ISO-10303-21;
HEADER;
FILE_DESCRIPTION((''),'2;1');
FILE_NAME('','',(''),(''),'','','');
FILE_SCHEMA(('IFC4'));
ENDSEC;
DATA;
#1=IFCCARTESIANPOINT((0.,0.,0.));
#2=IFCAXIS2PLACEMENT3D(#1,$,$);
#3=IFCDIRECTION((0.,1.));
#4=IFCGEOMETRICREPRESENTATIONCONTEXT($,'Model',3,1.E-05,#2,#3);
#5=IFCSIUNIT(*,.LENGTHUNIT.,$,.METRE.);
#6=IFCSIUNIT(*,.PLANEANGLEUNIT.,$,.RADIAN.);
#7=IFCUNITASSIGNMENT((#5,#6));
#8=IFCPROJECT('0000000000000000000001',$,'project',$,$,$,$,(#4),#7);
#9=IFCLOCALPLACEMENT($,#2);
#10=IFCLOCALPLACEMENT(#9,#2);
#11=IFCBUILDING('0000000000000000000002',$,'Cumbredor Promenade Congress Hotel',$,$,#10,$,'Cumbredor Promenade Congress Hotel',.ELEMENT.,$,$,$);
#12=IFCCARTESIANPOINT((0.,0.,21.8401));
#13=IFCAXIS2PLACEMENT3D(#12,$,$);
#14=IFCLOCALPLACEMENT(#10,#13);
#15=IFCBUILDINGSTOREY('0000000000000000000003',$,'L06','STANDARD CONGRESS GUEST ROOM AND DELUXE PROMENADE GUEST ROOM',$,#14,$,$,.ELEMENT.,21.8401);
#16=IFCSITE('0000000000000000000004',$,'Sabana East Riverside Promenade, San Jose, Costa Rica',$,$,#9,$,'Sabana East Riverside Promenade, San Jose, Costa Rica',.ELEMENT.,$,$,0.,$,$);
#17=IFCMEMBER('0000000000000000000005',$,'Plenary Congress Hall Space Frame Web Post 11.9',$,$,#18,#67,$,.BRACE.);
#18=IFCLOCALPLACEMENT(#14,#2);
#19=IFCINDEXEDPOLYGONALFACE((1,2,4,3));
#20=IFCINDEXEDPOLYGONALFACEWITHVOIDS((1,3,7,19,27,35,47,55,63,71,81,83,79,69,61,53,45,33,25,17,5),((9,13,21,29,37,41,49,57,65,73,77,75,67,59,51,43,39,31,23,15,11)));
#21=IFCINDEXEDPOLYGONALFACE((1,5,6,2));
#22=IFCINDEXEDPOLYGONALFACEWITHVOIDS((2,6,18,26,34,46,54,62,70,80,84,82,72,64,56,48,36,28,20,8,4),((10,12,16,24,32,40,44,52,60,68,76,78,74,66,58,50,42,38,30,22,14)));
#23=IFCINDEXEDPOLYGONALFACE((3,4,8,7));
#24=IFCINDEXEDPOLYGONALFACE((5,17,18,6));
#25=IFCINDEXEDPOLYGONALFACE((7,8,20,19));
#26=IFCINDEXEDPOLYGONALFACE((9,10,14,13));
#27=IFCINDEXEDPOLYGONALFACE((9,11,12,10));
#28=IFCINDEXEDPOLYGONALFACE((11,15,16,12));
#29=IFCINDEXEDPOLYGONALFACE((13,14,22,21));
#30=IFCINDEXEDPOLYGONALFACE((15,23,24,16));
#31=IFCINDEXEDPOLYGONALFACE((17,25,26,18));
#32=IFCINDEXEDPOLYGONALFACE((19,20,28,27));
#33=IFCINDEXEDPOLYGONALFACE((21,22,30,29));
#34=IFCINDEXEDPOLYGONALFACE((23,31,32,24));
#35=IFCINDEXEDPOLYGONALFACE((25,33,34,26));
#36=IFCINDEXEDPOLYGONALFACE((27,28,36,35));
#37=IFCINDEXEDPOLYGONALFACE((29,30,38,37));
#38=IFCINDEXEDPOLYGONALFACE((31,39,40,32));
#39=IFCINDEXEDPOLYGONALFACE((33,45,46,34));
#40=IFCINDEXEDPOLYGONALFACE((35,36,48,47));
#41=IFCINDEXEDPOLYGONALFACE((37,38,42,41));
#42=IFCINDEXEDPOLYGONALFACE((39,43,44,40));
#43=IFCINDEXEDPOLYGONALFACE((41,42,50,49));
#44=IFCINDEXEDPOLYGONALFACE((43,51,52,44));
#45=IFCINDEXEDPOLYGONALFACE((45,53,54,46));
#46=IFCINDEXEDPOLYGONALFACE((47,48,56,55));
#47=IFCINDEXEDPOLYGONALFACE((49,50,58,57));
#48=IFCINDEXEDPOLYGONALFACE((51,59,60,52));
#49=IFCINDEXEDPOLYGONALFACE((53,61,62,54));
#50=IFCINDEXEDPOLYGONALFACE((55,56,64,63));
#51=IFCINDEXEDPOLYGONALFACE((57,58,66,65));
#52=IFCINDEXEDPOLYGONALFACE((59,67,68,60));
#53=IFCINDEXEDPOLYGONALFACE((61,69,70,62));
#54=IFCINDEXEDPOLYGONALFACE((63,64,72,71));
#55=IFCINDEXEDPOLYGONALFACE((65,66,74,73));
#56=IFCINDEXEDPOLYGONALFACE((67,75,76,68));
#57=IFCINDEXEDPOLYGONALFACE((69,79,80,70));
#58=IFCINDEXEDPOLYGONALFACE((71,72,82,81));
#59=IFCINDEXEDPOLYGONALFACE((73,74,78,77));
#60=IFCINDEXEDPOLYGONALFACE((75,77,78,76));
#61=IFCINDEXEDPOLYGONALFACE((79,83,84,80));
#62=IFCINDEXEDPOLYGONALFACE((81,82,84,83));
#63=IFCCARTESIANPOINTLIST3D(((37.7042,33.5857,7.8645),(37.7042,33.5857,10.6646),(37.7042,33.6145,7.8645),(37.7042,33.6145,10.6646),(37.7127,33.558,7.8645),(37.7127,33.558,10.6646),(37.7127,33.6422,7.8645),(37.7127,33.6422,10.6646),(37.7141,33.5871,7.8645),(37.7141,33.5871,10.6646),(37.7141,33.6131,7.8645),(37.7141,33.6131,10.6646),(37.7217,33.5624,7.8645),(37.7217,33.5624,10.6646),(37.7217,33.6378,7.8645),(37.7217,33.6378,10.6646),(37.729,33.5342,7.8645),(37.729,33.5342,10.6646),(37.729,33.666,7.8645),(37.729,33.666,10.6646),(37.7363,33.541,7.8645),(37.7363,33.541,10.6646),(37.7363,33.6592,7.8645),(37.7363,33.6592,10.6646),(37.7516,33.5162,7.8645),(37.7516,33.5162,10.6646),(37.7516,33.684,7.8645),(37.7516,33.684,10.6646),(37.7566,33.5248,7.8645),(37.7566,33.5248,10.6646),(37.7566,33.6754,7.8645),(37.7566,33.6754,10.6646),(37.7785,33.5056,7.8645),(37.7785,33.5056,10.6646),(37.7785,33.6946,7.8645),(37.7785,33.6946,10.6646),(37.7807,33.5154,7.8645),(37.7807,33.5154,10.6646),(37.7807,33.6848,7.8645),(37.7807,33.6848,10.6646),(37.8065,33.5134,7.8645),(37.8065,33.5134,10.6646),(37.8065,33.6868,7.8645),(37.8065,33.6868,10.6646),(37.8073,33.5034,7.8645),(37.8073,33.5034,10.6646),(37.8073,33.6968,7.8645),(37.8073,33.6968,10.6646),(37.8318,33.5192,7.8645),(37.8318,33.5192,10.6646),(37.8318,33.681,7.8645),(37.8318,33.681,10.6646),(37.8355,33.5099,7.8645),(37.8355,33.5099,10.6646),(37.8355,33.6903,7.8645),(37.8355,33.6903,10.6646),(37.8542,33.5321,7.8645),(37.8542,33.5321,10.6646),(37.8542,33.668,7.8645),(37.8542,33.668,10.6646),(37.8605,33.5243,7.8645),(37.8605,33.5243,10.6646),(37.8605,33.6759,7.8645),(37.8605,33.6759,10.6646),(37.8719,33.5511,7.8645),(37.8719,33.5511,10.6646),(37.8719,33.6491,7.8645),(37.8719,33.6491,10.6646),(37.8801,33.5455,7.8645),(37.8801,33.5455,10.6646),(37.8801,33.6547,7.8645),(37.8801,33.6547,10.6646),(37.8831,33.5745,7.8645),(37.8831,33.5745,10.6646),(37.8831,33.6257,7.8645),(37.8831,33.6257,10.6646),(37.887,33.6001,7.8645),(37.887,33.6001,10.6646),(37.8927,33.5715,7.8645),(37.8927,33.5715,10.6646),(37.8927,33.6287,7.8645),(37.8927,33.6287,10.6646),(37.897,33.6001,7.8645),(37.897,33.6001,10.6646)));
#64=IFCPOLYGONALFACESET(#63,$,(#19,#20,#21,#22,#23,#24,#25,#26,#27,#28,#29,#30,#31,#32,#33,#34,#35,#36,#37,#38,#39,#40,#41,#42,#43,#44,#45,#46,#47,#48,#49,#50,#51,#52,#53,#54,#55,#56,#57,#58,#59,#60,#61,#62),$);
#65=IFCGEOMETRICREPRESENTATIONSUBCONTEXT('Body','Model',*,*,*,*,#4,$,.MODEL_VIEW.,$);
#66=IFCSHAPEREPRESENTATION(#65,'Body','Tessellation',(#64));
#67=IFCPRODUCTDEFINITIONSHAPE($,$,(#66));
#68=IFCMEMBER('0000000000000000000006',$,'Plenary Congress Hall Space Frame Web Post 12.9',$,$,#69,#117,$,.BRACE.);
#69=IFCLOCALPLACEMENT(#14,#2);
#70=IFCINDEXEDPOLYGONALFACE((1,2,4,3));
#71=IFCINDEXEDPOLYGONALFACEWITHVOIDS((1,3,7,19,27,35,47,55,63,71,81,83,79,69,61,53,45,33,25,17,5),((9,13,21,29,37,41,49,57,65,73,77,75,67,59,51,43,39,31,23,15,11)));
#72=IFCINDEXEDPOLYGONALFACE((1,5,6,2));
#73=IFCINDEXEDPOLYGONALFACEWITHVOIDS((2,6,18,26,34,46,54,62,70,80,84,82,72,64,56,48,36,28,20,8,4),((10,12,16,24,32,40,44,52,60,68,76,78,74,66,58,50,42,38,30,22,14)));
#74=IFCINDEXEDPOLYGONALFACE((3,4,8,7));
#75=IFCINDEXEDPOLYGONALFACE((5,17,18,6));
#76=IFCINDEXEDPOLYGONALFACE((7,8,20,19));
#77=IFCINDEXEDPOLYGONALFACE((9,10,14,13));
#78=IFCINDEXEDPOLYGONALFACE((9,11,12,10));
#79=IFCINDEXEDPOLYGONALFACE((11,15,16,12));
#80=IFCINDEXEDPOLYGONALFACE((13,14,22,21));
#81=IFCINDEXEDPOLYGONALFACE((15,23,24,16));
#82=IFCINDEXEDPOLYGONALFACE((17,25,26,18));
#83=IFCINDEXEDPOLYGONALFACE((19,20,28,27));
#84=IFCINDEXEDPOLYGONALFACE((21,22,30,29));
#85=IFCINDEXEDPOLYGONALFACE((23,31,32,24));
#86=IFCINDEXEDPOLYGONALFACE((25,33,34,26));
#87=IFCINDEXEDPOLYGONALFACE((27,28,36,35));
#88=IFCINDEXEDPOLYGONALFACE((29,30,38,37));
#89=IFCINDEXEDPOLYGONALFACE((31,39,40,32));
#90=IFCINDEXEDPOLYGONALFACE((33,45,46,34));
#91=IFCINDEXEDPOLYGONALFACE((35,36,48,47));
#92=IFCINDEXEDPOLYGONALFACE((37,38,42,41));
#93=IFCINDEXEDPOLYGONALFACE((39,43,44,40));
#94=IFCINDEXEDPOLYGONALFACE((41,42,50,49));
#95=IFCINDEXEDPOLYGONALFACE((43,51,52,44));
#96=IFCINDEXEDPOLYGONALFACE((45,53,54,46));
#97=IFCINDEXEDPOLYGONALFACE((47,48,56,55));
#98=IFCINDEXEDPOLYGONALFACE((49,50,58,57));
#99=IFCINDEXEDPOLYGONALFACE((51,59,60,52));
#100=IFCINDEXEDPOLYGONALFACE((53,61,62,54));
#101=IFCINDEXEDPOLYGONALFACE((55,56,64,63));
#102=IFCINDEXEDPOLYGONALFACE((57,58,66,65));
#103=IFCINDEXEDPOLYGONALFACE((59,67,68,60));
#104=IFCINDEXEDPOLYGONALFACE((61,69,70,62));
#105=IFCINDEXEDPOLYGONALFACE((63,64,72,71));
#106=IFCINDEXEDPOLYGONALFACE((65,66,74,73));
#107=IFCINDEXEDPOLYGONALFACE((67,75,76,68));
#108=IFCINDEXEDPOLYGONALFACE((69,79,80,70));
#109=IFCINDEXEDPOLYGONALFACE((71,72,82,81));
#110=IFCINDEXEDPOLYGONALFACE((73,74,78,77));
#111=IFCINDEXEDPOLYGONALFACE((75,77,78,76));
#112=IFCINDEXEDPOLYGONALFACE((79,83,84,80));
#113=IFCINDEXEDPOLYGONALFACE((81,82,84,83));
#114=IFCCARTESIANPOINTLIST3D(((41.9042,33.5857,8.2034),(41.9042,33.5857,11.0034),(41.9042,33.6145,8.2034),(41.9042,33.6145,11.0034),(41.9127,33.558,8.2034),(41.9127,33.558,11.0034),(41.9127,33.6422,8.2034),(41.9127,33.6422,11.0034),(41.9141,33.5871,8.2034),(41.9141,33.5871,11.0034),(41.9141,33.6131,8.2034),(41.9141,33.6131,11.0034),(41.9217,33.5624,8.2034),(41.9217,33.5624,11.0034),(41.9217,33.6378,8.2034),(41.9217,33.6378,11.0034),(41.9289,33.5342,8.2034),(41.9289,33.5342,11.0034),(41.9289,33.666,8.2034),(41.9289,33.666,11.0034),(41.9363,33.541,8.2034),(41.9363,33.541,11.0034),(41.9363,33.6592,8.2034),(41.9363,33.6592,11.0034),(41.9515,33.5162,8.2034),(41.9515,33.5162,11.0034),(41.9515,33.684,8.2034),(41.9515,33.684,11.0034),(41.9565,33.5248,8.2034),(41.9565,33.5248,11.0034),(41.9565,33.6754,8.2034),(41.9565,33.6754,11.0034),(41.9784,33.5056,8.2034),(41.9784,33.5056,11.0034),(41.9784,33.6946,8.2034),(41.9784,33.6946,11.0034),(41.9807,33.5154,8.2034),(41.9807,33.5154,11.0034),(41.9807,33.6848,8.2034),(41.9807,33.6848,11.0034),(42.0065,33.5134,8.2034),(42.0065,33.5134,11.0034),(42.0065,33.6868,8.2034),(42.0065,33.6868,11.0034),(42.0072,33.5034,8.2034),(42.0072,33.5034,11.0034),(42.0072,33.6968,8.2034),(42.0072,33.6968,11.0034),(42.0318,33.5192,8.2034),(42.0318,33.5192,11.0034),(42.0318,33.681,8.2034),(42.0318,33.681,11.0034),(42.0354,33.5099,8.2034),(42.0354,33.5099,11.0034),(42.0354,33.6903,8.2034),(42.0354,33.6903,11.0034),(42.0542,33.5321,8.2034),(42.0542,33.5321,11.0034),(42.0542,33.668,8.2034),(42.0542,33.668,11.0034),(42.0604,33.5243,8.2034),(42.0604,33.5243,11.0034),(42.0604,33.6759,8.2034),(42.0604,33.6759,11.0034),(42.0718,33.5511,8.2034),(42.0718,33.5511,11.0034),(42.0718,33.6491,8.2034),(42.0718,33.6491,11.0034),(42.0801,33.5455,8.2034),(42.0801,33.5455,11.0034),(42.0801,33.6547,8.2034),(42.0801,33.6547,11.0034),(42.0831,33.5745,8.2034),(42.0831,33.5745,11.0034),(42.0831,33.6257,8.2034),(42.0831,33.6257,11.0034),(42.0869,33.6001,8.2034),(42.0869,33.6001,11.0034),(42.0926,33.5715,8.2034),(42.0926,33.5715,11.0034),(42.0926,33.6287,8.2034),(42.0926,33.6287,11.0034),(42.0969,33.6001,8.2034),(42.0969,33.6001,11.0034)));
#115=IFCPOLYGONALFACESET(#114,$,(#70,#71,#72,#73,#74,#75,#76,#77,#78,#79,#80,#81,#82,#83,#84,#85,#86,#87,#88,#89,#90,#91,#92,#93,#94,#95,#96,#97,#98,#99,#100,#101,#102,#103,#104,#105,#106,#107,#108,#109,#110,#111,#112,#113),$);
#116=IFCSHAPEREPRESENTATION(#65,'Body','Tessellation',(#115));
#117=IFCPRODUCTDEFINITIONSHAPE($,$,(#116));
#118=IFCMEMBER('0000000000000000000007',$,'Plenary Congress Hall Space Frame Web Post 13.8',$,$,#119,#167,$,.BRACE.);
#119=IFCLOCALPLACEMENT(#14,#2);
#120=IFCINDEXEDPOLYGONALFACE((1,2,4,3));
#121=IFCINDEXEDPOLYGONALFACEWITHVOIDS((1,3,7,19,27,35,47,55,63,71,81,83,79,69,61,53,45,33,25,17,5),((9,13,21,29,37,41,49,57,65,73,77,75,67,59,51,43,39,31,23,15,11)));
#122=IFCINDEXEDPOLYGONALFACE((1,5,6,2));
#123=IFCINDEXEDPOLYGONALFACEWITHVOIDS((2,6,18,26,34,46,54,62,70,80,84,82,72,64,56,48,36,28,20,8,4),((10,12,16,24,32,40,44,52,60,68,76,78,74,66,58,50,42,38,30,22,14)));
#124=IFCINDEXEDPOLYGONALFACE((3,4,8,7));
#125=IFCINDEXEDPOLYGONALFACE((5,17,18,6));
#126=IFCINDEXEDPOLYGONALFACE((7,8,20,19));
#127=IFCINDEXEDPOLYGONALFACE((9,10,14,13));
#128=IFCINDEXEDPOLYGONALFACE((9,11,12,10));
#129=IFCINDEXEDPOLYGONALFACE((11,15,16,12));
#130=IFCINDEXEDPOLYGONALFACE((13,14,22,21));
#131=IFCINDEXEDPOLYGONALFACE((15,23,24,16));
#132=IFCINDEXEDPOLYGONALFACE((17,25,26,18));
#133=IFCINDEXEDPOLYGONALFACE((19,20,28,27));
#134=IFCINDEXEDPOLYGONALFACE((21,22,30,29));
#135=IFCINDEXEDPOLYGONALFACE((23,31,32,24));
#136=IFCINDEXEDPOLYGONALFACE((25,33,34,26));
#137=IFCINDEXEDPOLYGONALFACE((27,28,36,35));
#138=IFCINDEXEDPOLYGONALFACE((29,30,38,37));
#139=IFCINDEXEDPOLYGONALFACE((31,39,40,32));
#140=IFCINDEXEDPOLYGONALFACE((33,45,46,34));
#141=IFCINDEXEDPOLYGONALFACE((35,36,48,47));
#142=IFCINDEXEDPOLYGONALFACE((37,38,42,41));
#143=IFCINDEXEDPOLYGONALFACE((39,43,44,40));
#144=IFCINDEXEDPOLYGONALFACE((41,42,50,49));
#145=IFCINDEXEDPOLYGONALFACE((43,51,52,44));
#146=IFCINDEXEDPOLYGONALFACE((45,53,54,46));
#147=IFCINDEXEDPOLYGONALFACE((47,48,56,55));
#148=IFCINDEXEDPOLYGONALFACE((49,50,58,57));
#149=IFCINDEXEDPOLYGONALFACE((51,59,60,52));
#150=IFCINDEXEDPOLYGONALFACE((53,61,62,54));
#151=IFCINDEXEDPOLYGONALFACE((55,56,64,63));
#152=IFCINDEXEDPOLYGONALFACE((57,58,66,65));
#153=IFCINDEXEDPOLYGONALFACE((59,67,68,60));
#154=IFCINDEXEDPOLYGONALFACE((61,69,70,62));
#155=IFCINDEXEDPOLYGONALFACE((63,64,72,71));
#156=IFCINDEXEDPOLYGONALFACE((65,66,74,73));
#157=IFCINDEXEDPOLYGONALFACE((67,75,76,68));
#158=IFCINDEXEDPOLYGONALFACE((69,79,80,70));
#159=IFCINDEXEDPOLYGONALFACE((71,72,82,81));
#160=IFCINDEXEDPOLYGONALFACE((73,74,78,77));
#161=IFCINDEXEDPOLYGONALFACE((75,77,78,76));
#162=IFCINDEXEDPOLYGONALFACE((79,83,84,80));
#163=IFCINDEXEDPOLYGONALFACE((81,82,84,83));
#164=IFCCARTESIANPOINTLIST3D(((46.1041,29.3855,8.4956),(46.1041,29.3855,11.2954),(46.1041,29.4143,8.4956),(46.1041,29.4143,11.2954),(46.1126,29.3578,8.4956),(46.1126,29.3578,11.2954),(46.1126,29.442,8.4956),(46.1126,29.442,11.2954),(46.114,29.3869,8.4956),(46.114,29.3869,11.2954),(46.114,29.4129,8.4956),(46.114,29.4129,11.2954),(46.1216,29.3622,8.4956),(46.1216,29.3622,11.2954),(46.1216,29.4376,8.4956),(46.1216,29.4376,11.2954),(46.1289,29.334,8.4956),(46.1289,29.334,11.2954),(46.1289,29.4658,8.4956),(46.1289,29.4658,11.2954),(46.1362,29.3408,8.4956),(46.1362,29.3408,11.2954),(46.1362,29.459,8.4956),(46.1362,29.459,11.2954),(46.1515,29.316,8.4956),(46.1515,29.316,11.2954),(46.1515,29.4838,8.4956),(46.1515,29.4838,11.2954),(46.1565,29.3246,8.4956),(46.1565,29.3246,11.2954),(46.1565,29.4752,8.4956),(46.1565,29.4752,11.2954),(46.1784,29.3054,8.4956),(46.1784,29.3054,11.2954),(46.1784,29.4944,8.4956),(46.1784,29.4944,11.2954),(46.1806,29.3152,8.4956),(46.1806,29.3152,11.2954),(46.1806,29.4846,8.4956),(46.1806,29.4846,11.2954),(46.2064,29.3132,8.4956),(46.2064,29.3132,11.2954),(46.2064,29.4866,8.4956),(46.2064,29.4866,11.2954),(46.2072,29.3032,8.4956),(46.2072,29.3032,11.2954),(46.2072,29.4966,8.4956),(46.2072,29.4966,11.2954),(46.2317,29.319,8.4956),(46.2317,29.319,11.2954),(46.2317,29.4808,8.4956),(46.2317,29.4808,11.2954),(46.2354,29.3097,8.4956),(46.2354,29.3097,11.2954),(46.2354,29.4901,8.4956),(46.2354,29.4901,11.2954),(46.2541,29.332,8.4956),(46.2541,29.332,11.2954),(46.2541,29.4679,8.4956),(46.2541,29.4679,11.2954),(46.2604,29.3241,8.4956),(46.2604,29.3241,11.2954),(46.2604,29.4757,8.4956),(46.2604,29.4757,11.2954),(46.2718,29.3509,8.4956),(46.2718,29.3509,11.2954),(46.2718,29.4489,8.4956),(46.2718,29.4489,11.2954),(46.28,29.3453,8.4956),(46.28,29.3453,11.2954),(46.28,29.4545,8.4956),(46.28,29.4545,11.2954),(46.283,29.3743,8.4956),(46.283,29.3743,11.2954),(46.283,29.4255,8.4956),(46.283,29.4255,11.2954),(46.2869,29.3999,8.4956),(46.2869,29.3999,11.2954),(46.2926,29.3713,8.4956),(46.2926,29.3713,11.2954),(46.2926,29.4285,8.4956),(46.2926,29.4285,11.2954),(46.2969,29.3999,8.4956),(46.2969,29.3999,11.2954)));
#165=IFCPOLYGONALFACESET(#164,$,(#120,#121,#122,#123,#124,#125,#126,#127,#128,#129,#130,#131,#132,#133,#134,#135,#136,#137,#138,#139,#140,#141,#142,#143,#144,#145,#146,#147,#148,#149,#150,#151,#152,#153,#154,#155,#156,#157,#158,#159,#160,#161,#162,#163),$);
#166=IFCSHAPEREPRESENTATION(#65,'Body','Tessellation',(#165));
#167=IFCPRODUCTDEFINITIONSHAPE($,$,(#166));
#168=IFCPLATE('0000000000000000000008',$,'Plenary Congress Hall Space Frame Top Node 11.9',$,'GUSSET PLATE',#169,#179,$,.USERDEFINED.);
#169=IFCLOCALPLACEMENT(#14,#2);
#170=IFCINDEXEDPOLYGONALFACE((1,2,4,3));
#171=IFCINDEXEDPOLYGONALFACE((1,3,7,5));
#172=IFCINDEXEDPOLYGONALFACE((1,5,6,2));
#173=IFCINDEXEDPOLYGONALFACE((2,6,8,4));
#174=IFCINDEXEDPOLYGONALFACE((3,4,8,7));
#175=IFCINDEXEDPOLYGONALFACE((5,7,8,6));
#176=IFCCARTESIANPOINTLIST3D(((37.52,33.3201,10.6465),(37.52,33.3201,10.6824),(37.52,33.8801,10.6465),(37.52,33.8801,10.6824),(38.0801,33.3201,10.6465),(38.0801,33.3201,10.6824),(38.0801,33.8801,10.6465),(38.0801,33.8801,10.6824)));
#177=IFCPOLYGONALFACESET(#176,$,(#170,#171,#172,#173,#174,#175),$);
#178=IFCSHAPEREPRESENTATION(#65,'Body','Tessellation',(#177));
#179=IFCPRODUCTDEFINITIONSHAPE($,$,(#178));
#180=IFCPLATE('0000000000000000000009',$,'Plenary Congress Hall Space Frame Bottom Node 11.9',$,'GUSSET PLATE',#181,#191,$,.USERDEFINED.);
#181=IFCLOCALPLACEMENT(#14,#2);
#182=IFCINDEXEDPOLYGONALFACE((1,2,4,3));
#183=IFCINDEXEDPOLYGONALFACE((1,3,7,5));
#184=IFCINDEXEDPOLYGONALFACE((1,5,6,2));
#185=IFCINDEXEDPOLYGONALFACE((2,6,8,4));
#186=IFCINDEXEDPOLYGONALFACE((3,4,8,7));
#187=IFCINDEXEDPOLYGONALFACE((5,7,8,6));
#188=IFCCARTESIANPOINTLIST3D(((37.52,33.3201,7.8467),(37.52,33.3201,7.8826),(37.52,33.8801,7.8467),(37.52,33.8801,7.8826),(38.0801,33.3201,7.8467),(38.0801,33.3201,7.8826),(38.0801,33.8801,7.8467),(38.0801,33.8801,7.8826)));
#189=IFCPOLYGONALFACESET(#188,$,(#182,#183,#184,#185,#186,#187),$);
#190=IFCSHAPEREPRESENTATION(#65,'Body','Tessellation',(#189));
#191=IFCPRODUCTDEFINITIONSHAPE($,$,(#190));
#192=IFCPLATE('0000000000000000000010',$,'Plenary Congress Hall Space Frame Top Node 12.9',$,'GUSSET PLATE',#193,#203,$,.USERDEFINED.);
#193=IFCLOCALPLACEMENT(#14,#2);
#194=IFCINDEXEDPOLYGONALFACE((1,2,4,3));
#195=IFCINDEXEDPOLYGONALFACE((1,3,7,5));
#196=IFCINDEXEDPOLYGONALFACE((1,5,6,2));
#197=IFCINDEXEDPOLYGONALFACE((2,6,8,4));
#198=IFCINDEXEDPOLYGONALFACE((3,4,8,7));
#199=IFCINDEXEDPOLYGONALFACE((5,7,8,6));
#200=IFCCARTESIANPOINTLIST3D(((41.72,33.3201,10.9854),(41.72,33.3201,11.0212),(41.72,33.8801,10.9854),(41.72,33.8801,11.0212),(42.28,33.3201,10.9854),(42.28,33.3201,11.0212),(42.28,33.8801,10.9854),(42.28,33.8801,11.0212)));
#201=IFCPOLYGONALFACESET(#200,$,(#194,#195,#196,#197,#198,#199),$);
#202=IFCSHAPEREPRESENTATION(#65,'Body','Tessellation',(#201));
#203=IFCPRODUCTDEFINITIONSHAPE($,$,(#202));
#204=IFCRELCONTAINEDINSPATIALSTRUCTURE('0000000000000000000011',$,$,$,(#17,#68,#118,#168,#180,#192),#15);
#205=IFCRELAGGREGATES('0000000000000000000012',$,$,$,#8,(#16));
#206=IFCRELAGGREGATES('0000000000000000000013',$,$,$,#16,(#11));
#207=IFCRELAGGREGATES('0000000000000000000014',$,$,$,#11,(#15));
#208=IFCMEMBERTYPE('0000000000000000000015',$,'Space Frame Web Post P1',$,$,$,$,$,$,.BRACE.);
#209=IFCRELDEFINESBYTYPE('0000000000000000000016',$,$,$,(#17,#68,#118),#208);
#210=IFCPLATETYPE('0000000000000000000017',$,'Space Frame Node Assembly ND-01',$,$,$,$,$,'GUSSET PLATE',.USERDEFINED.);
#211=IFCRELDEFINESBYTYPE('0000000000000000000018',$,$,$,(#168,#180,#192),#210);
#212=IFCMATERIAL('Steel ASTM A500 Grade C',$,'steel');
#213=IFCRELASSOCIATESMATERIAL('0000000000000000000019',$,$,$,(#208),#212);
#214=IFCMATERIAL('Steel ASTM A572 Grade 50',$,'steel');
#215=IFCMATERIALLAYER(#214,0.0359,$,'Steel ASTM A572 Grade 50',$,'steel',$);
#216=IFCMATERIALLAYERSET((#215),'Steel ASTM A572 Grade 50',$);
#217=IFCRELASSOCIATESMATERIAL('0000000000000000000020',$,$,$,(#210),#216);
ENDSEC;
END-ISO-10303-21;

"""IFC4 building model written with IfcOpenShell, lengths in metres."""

from ifc_helpers import new_model, si_unit, direction, frame, origin, origin_2d, place, context, subcontext, project, spatial, rectangle, hollow_circle, extrude, material, layer, layer_set, material_profile, profile_set, type_object, element, save


model = new_model("IFC4")

# Units and contexts
model_context = context("Model", 3, precision=1e-05, world=origin(), true_north=direction((0.0, 1.0)))
body_context = subcontext(model_context, "Body", "Model", "MODEL_VIEW")
ifc_project = project(units=[si_unit("LENGTHUNIT", "METRE"), si_unit("PLANEANGLEUNIT", "RADIAN")], contexts=[model_context])

# Site, building, storey
site_placement = place(None, origin())
site = spatial("IfcSite", under=ifc_project, at=site_placement, Name="Sabana East Riverside Promenade, San Jose, Costa Rica", LongName="Sabana East Riverside Promenade, San Jose, Costa Rica", CompositionType="ELEMENT", RefElevation=0.0)
building_placement = place(site_placement, origin())
building = spatial("IfcBuilding", under=site, at=building_placement, Name="Cumbredor Promenade Congress Hotel", LongName="Cumbredor Promenade Congress Hotel", CompositionType="ELEMENT")
storey_placement = place(building_placement, frame((0.0, 0.0, 21.8401)))
storey = spatial("IfcBuildingStorey", under=building, at=storey_placement, Name="L06", Description="STANDARD CONGRESS GUEST ROOM AND DELUXE PROMENADE GUEST ROOM", CompositionType="ELEMENT", Elevation=21.8401)

# Members
ifc_material_1 = material(Name="Steel ASTM A500 Grade C", Category="steel")
ifc_material_profile_1 = material_profile(ifc_material_1, hollow_circle(Radius=0.0969, WallThickness=0.01, at=origin_2d()), Name="CHS 193.7x10")
ifc_profile_set_1 = profile_set([ifc_material_profile_1], Name="Steel ASTM A500 Grade C")
member_type_1 = type_object("IfcMemberType", Name="Space Frame Web Post P1", PredefinedType="BRACE", material=ifc_profile_set_1)
for number, where, z_axis, x_axis, name in (
    (1, (37.8, 33.6001, 7.8645), (0.0, 0.0, 1.0), (1.0, 0.0, 0.0), "Plenary Congress Hall Space Frame Web Post 11.9"),
    (2, (42.0, 33.6001, 8.2034), (0.0, 0.0, 1.0), (1.0, 0.0, 0.0), "Plenary Congress Hall Space Frame Web Post 12.9"),
):
    element("IfcMember", number, at=place(storey_placement, frame(where, z_axis=z_axis, x_axis=x_axis)), inside=storey, type_object=member_type_1, Name=name, PredefinedType="BRACE", context=body_context, shape_type="SweptSolid", body=[
        extrude(hollow_circle(Radius=0.0969, WallThickness=0.01, at=origin_2d()), origin(), (0.0, 0.0, 1.0), 2.8),
    ])
member_1_placement = place(storey_placement, frame((46.2, 29.3999, 8.4956), z_axis=(0.0, 0.0, 1.0), x_axis=(1.0, 0.0, 0.0)))
element("IfcMember", 3, at=member_1_placement, inside=storey, type_object=member_type_1, Name="Plenary Congress Hall Space Frame Web Post 13.8", PredefinedType="BRACE", context=body_context, shape_type="SweptSolid", body=[
    extrude(hollow_circle(Radius=0.0969, WallThickness=0.01, at=origin_2d()), origin(), (0.0, 0.0, 1.0), 2.7998),
])

# Plates
ifc_material_2 = material(Name="Steel ASTM A572 Grade 50", Category="steel")
ifc_layer = layer(ifc_material_2, 0.0359, Name="Steel ASTM A572 Grade 50", Category="steel")
ifc_layer_set = layer_set([ifc_layer], Name="Steel ASTM A572 Grade 50")
plate_type = type_object("IfcPlateType", Name="Space Frame Node Assembly ND-01", ElementType="GUSSET PLATE", PredefinedType="USERDEFINED", material=ifc_layer_set)
for number, where, z_axis, x_axis, name in (
    (4, (37.8, 33.6001, 10.6465), (0.0, 0.0, 1.0), (1.0, 0.0, 0.0), "Plenary Congress Hall Space Frame Top Node 11.9"),
    (5, (37.8, 33.6001, 7.8467), (0.0, 0.0, 1.0), (1.0, 0.0, 0.0), "Plenary Congress Hall Space Frame Bottom Node 11.9"),
    (6, (42.0, 33.6001, 10.9854), (0.0, 0.0, 1.0), (1.0, 0.0, 0.0), "Plenary Congress Hall Space Frame Top Node 12.9"),
):
    element("IfcPlate", number, at=place(storey_placement, frame(where, z_axis=z_axis, x_axis=x_axis)), inside=storey, type_object=plate_type, Name=name, ObjectType="GUSSET PLATE", PredefinedType="USERDEFINED", context=body_context, shape_type="SweptSolid", body=[
        extrude(rectangle(XDim=0.5601, YDim=0.5601, at=origin_2d()), origin(), (0.0, 0.0, 1.0), 0.0359),
    ])

save(model, "model.ifc")
